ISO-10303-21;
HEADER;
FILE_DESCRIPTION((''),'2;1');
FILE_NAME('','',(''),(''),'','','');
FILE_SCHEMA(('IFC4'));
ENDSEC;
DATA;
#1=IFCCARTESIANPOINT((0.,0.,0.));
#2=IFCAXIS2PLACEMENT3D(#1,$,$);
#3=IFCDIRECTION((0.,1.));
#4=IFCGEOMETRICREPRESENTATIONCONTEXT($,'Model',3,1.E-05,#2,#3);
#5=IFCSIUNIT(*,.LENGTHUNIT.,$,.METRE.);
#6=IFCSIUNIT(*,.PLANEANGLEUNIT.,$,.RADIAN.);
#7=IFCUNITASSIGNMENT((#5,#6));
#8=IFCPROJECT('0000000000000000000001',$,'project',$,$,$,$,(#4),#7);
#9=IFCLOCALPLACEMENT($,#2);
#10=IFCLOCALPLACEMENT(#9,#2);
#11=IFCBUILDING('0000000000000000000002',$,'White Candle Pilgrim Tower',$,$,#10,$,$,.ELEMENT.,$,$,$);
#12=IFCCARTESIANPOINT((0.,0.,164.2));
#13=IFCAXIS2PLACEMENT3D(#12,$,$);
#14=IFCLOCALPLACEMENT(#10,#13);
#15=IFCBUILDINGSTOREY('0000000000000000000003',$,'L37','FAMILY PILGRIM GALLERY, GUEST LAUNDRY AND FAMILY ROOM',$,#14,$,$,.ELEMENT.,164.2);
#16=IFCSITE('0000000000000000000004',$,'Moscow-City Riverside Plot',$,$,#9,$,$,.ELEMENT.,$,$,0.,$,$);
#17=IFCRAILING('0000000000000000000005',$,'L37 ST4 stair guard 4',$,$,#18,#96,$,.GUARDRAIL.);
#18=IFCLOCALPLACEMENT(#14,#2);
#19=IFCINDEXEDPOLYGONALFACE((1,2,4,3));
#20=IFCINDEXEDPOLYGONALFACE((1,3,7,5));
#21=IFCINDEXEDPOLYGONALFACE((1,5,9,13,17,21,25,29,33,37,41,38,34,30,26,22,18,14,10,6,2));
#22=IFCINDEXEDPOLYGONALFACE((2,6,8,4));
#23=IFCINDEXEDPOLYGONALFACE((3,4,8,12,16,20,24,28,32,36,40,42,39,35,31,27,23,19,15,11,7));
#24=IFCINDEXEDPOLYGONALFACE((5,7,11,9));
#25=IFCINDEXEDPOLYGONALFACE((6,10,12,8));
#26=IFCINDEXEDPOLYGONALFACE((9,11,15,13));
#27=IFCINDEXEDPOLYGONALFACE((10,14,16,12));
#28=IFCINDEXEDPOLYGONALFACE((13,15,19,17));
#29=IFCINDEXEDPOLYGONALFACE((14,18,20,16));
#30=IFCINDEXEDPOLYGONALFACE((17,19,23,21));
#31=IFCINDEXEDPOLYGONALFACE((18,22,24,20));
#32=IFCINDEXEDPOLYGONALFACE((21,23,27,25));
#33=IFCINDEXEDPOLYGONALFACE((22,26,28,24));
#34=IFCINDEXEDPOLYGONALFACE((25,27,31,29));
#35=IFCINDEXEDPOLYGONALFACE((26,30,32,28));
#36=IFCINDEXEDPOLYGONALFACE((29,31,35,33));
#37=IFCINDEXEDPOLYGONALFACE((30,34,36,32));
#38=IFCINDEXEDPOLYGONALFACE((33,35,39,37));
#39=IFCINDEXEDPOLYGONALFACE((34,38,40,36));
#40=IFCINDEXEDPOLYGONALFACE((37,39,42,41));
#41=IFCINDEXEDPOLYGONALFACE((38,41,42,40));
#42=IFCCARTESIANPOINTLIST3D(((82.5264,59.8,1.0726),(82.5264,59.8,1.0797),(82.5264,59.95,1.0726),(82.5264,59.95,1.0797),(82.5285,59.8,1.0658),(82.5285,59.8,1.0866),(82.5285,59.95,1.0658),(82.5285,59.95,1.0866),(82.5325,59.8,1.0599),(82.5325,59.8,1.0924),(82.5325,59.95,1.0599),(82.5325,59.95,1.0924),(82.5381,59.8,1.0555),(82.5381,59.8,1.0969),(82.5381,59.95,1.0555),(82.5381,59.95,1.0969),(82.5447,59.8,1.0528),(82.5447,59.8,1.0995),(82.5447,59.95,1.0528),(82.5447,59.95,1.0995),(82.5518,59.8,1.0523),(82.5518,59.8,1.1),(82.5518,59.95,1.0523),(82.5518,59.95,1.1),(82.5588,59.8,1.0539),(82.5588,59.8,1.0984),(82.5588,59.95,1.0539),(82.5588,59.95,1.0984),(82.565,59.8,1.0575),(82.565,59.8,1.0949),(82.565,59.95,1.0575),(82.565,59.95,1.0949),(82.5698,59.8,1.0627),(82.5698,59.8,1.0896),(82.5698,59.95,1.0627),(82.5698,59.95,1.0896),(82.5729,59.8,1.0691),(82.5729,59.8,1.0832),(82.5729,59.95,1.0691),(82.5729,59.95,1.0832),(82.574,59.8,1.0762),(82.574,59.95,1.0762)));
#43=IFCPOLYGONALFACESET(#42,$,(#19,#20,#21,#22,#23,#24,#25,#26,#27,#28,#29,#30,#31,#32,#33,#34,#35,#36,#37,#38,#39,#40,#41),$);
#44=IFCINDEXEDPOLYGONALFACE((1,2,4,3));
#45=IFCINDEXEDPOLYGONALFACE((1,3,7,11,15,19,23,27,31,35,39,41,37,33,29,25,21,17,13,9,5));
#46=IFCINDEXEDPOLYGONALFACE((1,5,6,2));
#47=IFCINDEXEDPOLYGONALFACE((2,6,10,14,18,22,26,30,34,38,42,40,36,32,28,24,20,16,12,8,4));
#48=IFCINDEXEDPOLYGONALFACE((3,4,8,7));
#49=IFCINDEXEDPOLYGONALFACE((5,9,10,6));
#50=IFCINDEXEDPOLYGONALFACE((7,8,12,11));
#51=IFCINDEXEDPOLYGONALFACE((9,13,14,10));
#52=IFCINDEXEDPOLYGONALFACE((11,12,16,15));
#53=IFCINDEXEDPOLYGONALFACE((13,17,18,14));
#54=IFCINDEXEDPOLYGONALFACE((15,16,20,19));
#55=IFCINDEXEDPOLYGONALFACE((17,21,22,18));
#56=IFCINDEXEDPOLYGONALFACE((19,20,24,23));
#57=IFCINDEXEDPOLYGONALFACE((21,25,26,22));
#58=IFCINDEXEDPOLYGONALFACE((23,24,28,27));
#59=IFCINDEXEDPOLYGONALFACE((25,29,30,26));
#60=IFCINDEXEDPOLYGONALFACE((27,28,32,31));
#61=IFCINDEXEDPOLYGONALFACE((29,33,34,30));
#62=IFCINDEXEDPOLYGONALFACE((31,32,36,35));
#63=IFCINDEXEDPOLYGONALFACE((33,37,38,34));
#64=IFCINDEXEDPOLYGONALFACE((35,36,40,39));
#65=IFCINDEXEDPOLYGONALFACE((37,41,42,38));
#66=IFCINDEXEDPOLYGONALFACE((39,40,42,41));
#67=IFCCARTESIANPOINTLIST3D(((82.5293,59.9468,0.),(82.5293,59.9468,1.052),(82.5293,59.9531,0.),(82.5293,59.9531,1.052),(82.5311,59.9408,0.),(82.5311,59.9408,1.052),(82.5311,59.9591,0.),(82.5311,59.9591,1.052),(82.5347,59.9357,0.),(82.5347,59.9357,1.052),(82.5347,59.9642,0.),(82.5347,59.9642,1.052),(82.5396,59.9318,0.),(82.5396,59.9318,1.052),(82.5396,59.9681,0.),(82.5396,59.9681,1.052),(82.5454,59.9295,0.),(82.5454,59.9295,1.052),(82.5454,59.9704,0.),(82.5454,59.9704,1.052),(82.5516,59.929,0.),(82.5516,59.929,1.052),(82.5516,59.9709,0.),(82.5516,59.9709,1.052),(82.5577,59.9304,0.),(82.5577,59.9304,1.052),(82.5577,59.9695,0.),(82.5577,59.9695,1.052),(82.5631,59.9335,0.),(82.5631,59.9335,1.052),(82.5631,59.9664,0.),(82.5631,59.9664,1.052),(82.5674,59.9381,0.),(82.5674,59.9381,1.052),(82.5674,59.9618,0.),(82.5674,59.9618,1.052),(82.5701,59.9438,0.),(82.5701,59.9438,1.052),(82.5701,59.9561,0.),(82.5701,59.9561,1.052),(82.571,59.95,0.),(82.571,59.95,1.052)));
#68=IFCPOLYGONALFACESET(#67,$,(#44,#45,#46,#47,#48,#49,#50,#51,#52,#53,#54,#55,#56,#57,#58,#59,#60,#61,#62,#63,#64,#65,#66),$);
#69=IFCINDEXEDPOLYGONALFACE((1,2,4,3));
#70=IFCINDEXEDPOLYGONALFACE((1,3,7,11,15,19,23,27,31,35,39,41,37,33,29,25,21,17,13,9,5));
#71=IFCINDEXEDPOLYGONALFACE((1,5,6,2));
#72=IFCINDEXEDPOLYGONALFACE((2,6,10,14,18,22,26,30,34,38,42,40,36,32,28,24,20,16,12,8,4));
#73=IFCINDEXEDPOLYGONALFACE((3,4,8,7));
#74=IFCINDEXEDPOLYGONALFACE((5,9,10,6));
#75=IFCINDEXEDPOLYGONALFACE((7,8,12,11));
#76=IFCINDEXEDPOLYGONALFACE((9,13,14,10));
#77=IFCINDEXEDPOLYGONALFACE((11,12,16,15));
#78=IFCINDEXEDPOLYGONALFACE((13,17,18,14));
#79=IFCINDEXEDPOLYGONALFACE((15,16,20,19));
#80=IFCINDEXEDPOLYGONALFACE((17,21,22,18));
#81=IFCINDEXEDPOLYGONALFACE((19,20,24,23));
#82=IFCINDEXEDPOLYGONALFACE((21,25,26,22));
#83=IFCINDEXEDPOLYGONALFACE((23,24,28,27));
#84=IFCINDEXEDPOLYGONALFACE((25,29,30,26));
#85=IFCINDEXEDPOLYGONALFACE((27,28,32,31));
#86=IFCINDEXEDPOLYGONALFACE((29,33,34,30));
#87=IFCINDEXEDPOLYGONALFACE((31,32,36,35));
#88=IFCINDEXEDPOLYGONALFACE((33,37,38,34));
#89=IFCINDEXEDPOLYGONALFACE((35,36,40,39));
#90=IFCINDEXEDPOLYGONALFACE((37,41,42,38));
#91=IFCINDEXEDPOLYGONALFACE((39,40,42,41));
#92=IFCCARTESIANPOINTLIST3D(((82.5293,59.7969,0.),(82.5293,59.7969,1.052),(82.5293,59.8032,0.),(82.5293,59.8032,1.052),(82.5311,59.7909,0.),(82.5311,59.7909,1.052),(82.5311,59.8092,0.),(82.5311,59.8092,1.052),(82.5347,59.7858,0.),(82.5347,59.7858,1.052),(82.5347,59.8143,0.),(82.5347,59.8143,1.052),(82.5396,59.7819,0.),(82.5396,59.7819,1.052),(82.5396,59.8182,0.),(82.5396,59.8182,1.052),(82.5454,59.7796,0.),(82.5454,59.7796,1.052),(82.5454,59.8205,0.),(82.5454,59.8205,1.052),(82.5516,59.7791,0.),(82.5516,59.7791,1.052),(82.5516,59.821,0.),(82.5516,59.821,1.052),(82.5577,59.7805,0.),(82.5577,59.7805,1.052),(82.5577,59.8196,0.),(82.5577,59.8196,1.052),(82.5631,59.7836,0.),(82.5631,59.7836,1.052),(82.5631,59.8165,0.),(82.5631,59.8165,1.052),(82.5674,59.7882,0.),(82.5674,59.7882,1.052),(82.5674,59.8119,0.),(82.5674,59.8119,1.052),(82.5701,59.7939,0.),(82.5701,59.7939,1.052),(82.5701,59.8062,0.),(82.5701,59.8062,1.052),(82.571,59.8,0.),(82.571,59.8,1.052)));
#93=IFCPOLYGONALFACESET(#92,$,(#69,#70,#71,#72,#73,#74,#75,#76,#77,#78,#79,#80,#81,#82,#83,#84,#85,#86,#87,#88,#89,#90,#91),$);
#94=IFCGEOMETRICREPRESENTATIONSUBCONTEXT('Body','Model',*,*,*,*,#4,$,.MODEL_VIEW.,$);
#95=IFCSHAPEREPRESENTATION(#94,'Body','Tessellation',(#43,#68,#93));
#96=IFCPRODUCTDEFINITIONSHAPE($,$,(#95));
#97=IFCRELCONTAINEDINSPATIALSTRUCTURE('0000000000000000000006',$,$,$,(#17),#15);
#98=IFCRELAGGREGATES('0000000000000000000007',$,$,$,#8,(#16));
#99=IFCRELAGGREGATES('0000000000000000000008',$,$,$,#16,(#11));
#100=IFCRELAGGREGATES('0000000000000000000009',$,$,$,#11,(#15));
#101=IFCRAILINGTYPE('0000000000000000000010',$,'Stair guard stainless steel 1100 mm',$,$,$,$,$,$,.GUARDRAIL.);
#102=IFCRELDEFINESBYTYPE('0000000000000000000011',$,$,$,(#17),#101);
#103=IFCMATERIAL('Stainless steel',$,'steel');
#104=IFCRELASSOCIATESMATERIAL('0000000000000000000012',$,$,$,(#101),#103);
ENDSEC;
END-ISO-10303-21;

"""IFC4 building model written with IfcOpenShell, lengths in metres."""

from ifc_helpers import new_model, si_unit, direction, frame, origin, origin_2d, place, context, subcontext, project, spatial, circle, extrude, material, type_object, element, save


model = new_model("IFC4")

# Units and contexts
model_context = context("Model", 3, precision=1e-05, world=origin(), true_north=direction((0.0, 1.0)))
body_context = subcontext(model_context, "Body", "Model", "MODEL_VIEW")
ifc_project = project(units=[si_unit("LENGTHUNIT", "METRE"), si_unit("PLANEANGLEUNIT", "RADIAN")], contexts=[model_context])

# Site, building, storey
site_placement = place(None, origin())
site = spatial("IfcSite", under=ifc_project, at=site_placement, Name="Moscow-City Riverside Plot", CompositionType="ELEMENT", RefElevation=0.0)
building_placement = place(site_placement, origin())
building = spatial("IfcBuilding", under=site, at=building_placement, Name="White Candle Pilgrim Tower", CompositionType="ELEMENT")
storey_placement = place(building_placement, frame((0.0, 0.0, 164.2)))
storey = spatial("IfcBuildingStorey", under=building, at=storey_placement, Name="L37", Description="FAMILY PILGRIM GALLERY, GUEST LAUNDRY AND FAMILY ROOM", CompositionType="ELEMENT", Elevation=164.2)

# Railing
ifc_material_1 = material(Name="Stainless steel", Category="steel")
railing_type_1 = type_object("IfcRailingType", Name="Stair guard stainless steel 1100 mm", PredefinedType="GUARDRAIL", material=ifc_material_1)
railing_1_placement = place(storey_placement, frame((82.55, 59.95, 0.0)))
element("IfcRailing", 1, at=railing_1_placement, inside=storey, type_object=railing_type_1, Name="L37 ST4 stair guard 4", PredefinedType="GUARDRAIL", context=body_context, shape_type="SweptSolid", body=[
    extrude(circle(Radius=0.0239, at=origin_2d()), frame((0.0, 0.0, 1.0762), z_axis=(0.0, -1.0, 0.0), x_axis=(1.0, 0.0, 0.0)), (0.0, 0.0, 1.0), 0.1499),
    extrude(circle(Radius=0.021, at=origin_2d()), origin(), (0.0, 0.0, 1.0), 1.052),
    extrude(circle(Radius=0.021, at=origin_2d()), frame((0.0, -0.1499, 0.0)), (0.0, 0.0, 1.0), 1.052),
])

save(model, "model.ifc")
